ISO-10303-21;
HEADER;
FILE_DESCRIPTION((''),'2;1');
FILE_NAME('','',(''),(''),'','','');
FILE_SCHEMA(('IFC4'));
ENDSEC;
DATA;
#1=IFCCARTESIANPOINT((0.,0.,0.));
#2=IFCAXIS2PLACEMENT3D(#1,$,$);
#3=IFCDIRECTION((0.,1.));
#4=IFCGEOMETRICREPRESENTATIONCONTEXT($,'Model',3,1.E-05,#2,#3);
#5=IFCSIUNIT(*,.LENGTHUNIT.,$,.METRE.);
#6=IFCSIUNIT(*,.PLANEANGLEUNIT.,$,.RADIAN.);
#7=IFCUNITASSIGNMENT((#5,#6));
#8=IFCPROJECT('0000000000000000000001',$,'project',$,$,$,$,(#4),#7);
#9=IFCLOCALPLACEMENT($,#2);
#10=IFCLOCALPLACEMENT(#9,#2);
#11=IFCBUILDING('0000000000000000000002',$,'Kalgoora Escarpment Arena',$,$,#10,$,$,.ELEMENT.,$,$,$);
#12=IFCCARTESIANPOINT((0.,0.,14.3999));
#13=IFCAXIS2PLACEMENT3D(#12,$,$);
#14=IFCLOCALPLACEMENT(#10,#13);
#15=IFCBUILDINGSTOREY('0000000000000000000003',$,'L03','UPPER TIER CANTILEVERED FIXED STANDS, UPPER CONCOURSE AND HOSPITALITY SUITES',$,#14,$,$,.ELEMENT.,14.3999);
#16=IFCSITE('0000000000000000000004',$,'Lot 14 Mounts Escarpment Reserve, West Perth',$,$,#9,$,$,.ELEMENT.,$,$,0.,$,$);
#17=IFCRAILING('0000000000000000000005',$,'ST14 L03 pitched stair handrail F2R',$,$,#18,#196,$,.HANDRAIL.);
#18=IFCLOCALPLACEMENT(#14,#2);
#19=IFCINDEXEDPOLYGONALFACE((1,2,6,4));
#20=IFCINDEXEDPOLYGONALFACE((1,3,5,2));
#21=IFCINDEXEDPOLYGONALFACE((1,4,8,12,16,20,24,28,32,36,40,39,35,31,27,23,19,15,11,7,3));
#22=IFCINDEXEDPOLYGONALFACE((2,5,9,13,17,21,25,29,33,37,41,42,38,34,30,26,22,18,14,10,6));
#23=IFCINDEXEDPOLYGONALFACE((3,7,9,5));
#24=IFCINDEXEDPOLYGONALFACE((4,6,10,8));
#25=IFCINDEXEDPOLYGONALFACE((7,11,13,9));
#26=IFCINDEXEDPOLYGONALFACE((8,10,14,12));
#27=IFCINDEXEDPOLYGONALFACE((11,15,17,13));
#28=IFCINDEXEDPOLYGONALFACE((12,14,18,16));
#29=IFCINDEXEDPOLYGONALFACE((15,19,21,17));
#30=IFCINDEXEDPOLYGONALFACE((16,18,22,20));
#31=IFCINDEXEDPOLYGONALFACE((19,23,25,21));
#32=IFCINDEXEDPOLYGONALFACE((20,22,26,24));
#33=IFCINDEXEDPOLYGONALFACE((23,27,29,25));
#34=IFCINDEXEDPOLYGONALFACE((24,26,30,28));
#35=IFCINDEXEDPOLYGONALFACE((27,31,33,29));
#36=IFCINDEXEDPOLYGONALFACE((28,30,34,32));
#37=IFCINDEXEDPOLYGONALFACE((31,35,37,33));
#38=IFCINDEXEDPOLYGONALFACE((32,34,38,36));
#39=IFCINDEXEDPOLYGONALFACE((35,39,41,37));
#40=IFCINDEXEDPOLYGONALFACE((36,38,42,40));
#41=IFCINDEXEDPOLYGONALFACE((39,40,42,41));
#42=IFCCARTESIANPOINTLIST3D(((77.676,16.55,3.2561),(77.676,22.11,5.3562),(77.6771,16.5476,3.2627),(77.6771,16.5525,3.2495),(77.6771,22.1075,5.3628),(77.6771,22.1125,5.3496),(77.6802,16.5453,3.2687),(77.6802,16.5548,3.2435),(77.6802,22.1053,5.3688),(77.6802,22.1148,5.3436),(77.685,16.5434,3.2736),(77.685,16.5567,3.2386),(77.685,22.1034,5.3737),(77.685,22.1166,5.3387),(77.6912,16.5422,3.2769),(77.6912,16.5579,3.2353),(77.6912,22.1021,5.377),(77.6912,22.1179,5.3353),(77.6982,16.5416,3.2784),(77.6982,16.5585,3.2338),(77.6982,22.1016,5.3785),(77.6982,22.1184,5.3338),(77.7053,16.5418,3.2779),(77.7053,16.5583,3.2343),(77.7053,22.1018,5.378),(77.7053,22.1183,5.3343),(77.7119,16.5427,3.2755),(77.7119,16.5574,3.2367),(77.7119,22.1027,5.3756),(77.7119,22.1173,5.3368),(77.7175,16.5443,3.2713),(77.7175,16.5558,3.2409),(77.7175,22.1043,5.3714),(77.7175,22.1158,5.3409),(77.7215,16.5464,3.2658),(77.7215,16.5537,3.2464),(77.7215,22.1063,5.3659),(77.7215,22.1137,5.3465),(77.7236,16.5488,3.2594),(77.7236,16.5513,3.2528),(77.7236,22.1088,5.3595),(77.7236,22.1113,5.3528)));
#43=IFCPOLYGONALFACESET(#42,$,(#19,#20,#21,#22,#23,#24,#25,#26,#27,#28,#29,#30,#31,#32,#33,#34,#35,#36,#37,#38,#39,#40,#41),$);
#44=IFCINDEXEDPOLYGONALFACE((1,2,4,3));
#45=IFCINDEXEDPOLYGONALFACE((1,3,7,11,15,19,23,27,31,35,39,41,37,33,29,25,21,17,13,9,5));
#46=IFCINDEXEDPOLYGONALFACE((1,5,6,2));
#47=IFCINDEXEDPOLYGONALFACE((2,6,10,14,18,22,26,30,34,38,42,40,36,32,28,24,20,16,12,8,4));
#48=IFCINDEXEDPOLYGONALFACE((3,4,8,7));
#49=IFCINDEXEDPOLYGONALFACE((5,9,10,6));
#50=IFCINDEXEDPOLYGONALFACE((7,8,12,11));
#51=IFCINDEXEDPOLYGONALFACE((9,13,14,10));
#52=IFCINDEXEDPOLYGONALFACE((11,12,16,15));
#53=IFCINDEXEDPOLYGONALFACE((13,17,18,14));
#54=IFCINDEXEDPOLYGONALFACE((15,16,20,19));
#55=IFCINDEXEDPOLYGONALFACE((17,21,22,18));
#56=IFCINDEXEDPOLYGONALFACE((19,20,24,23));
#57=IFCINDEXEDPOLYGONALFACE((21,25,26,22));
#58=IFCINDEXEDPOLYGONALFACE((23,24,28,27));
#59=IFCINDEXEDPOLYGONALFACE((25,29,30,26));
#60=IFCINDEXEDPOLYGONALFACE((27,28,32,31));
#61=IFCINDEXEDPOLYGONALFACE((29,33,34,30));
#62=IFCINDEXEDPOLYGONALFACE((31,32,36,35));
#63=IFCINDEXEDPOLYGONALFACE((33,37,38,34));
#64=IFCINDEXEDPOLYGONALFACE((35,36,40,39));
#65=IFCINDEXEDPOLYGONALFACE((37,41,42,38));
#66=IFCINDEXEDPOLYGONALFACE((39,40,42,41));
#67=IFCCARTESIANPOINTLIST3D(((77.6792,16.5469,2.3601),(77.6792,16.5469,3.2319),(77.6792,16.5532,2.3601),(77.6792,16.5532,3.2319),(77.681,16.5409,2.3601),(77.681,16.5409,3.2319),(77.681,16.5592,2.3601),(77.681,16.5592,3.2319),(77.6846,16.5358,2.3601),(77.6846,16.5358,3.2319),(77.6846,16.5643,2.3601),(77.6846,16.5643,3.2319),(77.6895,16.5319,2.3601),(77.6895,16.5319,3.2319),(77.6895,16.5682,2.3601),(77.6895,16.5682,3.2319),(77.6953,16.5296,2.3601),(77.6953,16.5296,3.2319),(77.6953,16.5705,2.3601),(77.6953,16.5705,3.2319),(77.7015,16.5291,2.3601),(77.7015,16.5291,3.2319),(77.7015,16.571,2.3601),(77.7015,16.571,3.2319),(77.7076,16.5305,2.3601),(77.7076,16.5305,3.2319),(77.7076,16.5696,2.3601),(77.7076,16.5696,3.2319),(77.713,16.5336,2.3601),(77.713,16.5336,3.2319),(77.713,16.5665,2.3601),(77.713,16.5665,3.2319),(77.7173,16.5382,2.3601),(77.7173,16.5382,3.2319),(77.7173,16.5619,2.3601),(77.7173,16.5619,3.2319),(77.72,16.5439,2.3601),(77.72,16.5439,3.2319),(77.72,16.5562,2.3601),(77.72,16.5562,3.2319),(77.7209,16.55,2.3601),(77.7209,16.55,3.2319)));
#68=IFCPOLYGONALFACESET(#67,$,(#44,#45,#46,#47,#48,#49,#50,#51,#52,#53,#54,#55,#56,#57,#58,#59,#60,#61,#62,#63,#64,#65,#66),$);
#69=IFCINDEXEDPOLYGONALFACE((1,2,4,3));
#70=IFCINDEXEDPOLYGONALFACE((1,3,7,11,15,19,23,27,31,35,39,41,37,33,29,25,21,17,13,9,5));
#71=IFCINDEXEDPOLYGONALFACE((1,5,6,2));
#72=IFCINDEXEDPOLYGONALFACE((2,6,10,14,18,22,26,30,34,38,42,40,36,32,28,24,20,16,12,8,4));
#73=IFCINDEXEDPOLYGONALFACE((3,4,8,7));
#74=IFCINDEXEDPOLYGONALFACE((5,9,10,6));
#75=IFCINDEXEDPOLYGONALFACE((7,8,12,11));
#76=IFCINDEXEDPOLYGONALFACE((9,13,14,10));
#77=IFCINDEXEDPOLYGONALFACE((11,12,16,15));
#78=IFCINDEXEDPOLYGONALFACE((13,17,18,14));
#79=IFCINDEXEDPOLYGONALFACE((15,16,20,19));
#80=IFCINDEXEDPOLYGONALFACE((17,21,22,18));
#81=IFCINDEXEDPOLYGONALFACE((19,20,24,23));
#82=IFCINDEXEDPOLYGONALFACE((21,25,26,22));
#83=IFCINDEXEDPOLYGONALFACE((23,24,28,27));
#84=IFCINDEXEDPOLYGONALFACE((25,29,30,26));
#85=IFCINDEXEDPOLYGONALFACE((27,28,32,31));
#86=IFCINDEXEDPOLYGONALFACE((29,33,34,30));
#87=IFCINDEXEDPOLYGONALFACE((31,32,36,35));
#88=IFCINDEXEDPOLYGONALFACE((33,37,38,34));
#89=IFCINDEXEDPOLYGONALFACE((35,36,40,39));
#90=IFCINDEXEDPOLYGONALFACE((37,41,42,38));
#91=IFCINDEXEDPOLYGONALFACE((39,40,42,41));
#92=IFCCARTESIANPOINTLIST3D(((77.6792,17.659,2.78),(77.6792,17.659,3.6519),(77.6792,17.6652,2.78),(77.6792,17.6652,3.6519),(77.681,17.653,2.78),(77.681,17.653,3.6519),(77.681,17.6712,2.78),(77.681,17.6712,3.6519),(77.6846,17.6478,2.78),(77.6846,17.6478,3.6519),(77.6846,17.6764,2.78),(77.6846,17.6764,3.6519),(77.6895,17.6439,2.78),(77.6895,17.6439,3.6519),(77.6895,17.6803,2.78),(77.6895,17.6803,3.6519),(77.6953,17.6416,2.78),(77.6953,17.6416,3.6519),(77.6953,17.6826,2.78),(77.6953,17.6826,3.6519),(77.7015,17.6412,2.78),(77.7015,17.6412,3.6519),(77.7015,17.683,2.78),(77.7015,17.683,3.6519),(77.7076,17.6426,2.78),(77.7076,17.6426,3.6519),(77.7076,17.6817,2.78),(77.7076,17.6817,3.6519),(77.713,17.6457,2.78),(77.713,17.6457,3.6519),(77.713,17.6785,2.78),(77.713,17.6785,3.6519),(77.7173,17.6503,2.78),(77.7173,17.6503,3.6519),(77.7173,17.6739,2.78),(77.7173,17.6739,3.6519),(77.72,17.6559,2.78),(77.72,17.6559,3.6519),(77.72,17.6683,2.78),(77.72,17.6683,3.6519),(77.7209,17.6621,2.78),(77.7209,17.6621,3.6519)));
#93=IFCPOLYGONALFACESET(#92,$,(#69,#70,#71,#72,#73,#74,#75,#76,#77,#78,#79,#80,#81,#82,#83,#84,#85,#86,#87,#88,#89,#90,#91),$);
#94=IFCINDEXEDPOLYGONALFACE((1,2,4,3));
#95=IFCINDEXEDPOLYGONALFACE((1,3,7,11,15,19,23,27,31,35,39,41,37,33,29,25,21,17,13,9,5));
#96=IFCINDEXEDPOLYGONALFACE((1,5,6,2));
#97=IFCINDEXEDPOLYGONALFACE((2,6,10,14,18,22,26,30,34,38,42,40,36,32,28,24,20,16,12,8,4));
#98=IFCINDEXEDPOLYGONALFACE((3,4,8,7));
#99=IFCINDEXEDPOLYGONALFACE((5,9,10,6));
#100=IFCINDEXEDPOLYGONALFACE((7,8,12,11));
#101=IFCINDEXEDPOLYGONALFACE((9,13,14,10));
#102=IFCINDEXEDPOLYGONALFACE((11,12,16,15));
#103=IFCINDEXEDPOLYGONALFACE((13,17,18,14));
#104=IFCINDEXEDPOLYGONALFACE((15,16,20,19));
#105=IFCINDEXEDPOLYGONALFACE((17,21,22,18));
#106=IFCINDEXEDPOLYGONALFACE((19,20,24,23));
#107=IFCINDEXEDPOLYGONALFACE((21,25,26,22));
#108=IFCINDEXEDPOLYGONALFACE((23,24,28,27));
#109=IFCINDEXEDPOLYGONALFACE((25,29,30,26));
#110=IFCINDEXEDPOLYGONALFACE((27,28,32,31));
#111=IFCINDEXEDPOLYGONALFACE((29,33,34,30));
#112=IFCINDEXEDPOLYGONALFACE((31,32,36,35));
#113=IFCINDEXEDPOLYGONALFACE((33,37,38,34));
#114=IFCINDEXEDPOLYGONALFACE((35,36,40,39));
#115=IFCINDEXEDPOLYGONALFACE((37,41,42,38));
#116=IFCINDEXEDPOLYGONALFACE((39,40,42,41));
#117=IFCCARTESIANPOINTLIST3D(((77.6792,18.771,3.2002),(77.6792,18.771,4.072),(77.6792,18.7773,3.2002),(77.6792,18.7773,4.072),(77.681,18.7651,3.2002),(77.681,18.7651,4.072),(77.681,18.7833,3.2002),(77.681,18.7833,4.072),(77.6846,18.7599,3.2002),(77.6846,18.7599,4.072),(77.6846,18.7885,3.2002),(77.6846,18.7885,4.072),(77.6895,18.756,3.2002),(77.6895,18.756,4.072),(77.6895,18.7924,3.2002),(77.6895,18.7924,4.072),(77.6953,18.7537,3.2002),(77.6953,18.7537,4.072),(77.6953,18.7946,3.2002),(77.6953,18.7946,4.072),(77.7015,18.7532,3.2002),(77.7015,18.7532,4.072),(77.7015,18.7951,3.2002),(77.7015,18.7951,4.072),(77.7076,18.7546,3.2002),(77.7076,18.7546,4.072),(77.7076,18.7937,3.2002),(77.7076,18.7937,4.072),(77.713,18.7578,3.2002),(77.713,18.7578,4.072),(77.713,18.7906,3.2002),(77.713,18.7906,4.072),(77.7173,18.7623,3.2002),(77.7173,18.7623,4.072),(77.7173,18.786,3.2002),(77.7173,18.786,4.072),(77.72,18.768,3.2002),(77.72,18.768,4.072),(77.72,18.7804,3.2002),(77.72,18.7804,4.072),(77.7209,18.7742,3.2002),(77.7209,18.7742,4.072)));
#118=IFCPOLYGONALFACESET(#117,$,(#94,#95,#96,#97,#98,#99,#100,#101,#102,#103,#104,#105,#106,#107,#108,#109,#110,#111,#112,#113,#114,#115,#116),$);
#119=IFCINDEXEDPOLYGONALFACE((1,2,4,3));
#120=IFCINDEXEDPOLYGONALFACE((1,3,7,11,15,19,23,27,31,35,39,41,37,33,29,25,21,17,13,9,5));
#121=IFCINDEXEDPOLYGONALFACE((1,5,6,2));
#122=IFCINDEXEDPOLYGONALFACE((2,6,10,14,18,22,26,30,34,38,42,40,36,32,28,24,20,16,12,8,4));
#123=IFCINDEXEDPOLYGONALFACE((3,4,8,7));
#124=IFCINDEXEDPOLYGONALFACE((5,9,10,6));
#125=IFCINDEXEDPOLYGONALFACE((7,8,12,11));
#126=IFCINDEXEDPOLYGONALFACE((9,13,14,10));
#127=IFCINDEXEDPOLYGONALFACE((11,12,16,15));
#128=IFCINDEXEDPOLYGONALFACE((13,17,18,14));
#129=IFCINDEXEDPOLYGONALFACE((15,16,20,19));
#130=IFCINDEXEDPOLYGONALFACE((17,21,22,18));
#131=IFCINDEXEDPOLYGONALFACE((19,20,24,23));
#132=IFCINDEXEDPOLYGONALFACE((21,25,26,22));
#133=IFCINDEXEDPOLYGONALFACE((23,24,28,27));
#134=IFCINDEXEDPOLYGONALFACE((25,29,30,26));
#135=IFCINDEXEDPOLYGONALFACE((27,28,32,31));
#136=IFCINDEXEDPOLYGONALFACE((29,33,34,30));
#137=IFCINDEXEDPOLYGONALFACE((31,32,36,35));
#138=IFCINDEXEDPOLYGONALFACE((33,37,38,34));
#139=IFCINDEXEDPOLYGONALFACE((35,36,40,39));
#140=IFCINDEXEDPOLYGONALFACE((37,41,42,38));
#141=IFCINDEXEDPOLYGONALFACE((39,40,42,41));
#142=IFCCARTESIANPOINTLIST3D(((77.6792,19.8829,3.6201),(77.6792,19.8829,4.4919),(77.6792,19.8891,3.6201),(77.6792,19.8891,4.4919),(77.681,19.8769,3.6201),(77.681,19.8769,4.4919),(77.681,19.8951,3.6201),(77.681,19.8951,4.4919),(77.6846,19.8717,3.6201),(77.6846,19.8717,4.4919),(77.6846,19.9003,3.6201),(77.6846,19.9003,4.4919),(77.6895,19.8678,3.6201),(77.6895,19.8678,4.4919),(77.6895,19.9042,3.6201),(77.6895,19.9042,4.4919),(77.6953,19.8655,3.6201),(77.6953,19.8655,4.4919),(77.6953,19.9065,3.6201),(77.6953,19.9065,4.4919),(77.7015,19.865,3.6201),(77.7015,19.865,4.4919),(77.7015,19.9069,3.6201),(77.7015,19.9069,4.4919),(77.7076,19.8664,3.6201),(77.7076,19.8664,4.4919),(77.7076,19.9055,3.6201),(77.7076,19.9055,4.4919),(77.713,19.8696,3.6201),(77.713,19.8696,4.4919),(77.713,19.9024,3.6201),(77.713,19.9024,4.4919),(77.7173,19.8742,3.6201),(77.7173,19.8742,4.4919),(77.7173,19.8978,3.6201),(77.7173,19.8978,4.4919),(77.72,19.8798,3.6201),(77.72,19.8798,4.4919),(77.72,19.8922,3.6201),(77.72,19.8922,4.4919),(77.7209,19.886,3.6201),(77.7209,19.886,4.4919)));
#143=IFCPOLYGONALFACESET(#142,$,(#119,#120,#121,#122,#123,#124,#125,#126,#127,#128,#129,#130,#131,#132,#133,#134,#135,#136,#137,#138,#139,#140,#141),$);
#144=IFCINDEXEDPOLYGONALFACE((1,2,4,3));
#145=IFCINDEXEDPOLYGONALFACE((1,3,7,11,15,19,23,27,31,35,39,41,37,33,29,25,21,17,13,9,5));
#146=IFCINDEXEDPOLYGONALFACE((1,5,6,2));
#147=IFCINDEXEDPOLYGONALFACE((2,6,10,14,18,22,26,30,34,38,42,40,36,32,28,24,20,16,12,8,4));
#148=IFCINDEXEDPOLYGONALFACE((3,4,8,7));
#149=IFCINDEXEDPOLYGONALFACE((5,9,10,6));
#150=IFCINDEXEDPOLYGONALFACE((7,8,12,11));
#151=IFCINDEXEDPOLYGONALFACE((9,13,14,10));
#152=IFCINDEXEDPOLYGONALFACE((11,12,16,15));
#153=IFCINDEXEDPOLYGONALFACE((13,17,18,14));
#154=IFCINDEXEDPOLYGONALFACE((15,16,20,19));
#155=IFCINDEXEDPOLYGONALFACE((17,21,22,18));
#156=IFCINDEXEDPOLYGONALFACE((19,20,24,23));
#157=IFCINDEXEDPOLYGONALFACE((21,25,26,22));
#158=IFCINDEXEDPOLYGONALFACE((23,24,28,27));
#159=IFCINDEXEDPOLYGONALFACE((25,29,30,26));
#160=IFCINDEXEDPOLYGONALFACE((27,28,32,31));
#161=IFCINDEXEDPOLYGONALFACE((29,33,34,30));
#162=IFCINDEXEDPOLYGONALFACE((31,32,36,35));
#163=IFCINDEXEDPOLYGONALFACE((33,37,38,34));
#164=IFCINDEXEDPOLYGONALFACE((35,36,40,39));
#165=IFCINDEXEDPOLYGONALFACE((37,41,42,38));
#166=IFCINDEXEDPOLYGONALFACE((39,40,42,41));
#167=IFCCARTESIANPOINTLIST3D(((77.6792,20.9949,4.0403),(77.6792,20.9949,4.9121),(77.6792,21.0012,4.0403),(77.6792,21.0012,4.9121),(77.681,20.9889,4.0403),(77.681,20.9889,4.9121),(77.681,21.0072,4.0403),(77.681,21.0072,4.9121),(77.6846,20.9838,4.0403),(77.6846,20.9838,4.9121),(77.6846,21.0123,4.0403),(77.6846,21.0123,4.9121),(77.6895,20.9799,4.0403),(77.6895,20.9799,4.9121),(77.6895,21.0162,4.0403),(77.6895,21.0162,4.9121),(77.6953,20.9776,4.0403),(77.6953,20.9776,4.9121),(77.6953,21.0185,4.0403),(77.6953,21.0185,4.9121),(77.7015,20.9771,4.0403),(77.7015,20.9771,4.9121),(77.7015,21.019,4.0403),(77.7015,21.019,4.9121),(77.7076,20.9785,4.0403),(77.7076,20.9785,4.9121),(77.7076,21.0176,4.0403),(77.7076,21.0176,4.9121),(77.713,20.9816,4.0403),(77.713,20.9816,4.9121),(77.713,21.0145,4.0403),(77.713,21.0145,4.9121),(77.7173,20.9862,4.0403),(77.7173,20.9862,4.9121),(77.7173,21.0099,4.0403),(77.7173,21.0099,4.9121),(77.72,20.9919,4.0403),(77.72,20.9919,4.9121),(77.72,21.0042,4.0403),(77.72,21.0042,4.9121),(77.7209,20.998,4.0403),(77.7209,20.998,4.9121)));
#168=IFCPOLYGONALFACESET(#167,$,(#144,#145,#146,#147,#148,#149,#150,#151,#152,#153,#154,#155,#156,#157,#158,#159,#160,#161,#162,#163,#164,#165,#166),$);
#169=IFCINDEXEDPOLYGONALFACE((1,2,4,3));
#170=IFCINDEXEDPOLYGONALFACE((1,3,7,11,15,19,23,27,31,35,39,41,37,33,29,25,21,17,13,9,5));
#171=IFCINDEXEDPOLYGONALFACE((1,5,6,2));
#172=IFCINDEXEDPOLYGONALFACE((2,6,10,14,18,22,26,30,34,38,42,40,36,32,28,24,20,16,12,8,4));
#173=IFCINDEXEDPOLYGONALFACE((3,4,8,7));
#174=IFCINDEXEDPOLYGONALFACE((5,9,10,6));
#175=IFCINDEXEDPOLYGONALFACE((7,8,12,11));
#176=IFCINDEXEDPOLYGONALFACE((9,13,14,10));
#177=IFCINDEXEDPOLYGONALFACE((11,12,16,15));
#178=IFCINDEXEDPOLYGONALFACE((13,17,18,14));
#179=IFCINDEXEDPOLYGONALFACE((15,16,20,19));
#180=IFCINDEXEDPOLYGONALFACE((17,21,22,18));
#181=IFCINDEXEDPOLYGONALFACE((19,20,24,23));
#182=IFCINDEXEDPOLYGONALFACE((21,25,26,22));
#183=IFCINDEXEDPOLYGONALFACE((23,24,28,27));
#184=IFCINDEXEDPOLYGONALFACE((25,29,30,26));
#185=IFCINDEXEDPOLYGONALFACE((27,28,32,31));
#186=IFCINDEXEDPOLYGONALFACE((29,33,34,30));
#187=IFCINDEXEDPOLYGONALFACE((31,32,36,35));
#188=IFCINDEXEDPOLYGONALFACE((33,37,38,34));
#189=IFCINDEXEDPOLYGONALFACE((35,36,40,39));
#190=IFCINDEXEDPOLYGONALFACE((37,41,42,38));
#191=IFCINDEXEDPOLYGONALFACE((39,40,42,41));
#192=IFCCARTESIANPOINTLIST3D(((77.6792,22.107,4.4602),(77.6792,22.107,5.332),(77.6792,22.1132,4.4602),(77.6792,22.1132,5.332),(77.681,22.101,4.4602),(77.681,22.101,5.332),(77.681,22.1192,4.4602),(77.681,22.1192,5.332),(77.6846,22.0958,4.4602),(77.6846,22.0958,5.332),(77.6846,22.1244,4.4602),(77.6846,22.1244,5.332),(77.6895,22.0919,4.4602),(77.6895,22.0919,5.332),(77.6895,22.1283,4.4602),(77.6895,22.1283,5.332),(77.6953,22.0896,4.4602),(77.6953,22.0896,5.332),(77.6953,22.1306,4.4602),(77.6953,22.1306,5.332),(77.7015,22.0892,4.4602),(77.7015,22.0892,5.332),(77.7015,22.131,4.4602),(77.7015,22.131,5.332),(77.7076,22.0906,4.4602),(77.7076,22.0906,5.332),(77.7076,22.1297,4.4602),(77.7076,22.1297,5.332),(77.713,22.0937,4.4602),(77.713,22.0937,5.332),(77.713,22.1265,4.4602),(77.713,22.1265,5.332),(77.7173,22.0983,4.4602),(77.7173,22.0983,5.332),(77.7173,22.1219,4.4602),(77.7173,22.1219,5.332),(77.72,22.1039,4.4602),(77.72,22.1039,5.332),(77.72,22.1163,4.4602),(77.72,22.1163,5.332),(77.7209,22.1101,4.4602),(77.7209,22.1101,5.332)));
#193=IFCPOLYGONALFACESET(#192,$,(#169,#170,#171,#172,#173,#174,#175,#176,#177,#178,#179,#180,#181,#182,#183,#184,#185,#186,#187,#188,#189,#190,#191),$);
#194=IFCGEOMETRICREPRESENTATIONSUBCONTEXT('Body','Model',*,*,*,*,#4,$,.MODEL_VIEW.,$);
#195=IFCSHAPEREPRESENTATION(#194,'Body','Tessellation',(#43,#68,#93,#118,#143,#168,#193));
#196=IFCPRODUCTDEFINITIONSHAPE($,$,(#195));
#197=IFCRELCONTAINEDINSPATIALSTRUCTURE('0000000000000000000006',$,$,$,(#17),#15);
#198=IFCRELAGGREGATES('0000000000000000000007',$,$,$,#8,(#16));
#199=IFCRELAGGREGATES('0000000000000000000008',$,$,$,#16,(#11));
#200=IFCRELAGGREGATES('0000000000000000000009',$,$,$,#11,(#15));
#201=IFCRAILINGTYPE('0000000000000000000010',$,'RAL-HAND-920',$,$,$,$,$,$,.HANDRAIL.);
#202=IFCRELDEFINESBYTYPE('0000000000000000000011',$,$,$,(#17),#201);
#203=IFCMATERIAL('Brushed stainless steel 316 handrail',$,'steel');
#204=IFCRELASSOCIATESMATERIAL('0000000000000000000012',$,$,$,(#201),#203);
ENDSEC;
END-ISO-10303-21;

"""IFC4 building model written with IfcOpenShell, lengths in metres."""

from ifc_helpers import new_model, si_unit, direction, frame, origin, origin_2d, place, context, subcontext, project, spatial, circle, extrude, material, type_object, element, save


model = new_model("IFC4")

# Units and contexts
model_context = context("Model", 3, precision=1e-05, world=origin(), true_north=direction((0.0, 1.0)))
body_context = subcontext(model_context, "Body", "Model", "MODEL_VIEW")
ifc_project = project(units=[si_unit("LENGTHUNIT", "METRE"), si_unit("PLANEANGLEUNIT", "RADIAN")], contexts=[model_context])

# Site, building, storey
site_placement = place(None, origin())
site = spatial("IfcSite", under=ifc_project, at=site_placement, Name="Lot 14 Mounts Escarpment Reserve, West Perth", CompositionType="ELEMENT", RefElevation=0.0)
building_placement = place(site_placement, origin())
building = spatial("IfcBuilding", under=site, at=building_placement, Name="Kalgoora Escarpment Arena", CompositionType="ELEMENT")
storey_placement = place(building_placement, frame((0.0, 0.0, 14.3999)))
storey = spatial("IfcBuildingStorey", under=building, at=storey_placement, Name="L03", Description="UPPER TIER CANTILEVERED FIXED STANDS, UPPER CONCOURSE AND HOSPITALITY SUITES", CompositionType="ELEMENT", Elevation=14.3999)

# Railing
ifc_material_1 = material(Name="Brushed stainless steel 316 handrail", Category="steel")
railing_type_1 = type_object("IfcRailingType", Name="RAL-HAND-920", PredefinedType="HANDRAIL", material=ifc_material_1)
for number, where, name in (
    (1, (77.7, 16.55, 2.3601), "ST14 L03 pitched stair handrail F2R"),
):
    element("IfcRailing", number, at=place(storey_placement, frame(where)), inside=storey, type_object=railing_type_1, Name=name, PredefinedType="HANDRAIL", context=body_context, shape_type="SweptSolid", body=[
        extrude(circle(Radius=0.0239, at=origin_2d()), frame((0.0, 0.0, 0.896), z_axis=(0.0, 0.935493, 0.353346), x_axis=(-1.0, 0.0, 0.0)), (0.0, 0.0, 1.0), 5.9434),
        extrude(circle(Radius=0.021, at=origin_2d()), origin(), (0.0, 0.0, 1.0), 0.8718),
        extrude(circle(Radius=0.021, at=origin_2d()), frame((0.0, 1.1121, 0.4199)), (0.0, 0.0, 1.0), 0.8718),
        extrude(circle(Radius=0.021, at=origin_2d()), frame((0.0, 2.2241, 0.8401)), (0.0, 0.0, 1.0), 0.8718),
        extrude(circle(Radius=0.021, at=origin_2d()), frame((0.0, 3.3359, 1.26)), (0.0, 0.0, 1.0), 0.8718),
        extrude(circle(Radius=0.021, at=origin_2d()), frame((0.0, 4.448, 1.6802)), (0.0, 0.0, 1.0), 0.8718),
        extrude(circle(Radius=0.021, at=origin_2d()), frame((0.0, 5.5601, 2.1001)), (0.0, 0.0, 1.0), 0.8718),
    ])

save(model, "model.ifc")
